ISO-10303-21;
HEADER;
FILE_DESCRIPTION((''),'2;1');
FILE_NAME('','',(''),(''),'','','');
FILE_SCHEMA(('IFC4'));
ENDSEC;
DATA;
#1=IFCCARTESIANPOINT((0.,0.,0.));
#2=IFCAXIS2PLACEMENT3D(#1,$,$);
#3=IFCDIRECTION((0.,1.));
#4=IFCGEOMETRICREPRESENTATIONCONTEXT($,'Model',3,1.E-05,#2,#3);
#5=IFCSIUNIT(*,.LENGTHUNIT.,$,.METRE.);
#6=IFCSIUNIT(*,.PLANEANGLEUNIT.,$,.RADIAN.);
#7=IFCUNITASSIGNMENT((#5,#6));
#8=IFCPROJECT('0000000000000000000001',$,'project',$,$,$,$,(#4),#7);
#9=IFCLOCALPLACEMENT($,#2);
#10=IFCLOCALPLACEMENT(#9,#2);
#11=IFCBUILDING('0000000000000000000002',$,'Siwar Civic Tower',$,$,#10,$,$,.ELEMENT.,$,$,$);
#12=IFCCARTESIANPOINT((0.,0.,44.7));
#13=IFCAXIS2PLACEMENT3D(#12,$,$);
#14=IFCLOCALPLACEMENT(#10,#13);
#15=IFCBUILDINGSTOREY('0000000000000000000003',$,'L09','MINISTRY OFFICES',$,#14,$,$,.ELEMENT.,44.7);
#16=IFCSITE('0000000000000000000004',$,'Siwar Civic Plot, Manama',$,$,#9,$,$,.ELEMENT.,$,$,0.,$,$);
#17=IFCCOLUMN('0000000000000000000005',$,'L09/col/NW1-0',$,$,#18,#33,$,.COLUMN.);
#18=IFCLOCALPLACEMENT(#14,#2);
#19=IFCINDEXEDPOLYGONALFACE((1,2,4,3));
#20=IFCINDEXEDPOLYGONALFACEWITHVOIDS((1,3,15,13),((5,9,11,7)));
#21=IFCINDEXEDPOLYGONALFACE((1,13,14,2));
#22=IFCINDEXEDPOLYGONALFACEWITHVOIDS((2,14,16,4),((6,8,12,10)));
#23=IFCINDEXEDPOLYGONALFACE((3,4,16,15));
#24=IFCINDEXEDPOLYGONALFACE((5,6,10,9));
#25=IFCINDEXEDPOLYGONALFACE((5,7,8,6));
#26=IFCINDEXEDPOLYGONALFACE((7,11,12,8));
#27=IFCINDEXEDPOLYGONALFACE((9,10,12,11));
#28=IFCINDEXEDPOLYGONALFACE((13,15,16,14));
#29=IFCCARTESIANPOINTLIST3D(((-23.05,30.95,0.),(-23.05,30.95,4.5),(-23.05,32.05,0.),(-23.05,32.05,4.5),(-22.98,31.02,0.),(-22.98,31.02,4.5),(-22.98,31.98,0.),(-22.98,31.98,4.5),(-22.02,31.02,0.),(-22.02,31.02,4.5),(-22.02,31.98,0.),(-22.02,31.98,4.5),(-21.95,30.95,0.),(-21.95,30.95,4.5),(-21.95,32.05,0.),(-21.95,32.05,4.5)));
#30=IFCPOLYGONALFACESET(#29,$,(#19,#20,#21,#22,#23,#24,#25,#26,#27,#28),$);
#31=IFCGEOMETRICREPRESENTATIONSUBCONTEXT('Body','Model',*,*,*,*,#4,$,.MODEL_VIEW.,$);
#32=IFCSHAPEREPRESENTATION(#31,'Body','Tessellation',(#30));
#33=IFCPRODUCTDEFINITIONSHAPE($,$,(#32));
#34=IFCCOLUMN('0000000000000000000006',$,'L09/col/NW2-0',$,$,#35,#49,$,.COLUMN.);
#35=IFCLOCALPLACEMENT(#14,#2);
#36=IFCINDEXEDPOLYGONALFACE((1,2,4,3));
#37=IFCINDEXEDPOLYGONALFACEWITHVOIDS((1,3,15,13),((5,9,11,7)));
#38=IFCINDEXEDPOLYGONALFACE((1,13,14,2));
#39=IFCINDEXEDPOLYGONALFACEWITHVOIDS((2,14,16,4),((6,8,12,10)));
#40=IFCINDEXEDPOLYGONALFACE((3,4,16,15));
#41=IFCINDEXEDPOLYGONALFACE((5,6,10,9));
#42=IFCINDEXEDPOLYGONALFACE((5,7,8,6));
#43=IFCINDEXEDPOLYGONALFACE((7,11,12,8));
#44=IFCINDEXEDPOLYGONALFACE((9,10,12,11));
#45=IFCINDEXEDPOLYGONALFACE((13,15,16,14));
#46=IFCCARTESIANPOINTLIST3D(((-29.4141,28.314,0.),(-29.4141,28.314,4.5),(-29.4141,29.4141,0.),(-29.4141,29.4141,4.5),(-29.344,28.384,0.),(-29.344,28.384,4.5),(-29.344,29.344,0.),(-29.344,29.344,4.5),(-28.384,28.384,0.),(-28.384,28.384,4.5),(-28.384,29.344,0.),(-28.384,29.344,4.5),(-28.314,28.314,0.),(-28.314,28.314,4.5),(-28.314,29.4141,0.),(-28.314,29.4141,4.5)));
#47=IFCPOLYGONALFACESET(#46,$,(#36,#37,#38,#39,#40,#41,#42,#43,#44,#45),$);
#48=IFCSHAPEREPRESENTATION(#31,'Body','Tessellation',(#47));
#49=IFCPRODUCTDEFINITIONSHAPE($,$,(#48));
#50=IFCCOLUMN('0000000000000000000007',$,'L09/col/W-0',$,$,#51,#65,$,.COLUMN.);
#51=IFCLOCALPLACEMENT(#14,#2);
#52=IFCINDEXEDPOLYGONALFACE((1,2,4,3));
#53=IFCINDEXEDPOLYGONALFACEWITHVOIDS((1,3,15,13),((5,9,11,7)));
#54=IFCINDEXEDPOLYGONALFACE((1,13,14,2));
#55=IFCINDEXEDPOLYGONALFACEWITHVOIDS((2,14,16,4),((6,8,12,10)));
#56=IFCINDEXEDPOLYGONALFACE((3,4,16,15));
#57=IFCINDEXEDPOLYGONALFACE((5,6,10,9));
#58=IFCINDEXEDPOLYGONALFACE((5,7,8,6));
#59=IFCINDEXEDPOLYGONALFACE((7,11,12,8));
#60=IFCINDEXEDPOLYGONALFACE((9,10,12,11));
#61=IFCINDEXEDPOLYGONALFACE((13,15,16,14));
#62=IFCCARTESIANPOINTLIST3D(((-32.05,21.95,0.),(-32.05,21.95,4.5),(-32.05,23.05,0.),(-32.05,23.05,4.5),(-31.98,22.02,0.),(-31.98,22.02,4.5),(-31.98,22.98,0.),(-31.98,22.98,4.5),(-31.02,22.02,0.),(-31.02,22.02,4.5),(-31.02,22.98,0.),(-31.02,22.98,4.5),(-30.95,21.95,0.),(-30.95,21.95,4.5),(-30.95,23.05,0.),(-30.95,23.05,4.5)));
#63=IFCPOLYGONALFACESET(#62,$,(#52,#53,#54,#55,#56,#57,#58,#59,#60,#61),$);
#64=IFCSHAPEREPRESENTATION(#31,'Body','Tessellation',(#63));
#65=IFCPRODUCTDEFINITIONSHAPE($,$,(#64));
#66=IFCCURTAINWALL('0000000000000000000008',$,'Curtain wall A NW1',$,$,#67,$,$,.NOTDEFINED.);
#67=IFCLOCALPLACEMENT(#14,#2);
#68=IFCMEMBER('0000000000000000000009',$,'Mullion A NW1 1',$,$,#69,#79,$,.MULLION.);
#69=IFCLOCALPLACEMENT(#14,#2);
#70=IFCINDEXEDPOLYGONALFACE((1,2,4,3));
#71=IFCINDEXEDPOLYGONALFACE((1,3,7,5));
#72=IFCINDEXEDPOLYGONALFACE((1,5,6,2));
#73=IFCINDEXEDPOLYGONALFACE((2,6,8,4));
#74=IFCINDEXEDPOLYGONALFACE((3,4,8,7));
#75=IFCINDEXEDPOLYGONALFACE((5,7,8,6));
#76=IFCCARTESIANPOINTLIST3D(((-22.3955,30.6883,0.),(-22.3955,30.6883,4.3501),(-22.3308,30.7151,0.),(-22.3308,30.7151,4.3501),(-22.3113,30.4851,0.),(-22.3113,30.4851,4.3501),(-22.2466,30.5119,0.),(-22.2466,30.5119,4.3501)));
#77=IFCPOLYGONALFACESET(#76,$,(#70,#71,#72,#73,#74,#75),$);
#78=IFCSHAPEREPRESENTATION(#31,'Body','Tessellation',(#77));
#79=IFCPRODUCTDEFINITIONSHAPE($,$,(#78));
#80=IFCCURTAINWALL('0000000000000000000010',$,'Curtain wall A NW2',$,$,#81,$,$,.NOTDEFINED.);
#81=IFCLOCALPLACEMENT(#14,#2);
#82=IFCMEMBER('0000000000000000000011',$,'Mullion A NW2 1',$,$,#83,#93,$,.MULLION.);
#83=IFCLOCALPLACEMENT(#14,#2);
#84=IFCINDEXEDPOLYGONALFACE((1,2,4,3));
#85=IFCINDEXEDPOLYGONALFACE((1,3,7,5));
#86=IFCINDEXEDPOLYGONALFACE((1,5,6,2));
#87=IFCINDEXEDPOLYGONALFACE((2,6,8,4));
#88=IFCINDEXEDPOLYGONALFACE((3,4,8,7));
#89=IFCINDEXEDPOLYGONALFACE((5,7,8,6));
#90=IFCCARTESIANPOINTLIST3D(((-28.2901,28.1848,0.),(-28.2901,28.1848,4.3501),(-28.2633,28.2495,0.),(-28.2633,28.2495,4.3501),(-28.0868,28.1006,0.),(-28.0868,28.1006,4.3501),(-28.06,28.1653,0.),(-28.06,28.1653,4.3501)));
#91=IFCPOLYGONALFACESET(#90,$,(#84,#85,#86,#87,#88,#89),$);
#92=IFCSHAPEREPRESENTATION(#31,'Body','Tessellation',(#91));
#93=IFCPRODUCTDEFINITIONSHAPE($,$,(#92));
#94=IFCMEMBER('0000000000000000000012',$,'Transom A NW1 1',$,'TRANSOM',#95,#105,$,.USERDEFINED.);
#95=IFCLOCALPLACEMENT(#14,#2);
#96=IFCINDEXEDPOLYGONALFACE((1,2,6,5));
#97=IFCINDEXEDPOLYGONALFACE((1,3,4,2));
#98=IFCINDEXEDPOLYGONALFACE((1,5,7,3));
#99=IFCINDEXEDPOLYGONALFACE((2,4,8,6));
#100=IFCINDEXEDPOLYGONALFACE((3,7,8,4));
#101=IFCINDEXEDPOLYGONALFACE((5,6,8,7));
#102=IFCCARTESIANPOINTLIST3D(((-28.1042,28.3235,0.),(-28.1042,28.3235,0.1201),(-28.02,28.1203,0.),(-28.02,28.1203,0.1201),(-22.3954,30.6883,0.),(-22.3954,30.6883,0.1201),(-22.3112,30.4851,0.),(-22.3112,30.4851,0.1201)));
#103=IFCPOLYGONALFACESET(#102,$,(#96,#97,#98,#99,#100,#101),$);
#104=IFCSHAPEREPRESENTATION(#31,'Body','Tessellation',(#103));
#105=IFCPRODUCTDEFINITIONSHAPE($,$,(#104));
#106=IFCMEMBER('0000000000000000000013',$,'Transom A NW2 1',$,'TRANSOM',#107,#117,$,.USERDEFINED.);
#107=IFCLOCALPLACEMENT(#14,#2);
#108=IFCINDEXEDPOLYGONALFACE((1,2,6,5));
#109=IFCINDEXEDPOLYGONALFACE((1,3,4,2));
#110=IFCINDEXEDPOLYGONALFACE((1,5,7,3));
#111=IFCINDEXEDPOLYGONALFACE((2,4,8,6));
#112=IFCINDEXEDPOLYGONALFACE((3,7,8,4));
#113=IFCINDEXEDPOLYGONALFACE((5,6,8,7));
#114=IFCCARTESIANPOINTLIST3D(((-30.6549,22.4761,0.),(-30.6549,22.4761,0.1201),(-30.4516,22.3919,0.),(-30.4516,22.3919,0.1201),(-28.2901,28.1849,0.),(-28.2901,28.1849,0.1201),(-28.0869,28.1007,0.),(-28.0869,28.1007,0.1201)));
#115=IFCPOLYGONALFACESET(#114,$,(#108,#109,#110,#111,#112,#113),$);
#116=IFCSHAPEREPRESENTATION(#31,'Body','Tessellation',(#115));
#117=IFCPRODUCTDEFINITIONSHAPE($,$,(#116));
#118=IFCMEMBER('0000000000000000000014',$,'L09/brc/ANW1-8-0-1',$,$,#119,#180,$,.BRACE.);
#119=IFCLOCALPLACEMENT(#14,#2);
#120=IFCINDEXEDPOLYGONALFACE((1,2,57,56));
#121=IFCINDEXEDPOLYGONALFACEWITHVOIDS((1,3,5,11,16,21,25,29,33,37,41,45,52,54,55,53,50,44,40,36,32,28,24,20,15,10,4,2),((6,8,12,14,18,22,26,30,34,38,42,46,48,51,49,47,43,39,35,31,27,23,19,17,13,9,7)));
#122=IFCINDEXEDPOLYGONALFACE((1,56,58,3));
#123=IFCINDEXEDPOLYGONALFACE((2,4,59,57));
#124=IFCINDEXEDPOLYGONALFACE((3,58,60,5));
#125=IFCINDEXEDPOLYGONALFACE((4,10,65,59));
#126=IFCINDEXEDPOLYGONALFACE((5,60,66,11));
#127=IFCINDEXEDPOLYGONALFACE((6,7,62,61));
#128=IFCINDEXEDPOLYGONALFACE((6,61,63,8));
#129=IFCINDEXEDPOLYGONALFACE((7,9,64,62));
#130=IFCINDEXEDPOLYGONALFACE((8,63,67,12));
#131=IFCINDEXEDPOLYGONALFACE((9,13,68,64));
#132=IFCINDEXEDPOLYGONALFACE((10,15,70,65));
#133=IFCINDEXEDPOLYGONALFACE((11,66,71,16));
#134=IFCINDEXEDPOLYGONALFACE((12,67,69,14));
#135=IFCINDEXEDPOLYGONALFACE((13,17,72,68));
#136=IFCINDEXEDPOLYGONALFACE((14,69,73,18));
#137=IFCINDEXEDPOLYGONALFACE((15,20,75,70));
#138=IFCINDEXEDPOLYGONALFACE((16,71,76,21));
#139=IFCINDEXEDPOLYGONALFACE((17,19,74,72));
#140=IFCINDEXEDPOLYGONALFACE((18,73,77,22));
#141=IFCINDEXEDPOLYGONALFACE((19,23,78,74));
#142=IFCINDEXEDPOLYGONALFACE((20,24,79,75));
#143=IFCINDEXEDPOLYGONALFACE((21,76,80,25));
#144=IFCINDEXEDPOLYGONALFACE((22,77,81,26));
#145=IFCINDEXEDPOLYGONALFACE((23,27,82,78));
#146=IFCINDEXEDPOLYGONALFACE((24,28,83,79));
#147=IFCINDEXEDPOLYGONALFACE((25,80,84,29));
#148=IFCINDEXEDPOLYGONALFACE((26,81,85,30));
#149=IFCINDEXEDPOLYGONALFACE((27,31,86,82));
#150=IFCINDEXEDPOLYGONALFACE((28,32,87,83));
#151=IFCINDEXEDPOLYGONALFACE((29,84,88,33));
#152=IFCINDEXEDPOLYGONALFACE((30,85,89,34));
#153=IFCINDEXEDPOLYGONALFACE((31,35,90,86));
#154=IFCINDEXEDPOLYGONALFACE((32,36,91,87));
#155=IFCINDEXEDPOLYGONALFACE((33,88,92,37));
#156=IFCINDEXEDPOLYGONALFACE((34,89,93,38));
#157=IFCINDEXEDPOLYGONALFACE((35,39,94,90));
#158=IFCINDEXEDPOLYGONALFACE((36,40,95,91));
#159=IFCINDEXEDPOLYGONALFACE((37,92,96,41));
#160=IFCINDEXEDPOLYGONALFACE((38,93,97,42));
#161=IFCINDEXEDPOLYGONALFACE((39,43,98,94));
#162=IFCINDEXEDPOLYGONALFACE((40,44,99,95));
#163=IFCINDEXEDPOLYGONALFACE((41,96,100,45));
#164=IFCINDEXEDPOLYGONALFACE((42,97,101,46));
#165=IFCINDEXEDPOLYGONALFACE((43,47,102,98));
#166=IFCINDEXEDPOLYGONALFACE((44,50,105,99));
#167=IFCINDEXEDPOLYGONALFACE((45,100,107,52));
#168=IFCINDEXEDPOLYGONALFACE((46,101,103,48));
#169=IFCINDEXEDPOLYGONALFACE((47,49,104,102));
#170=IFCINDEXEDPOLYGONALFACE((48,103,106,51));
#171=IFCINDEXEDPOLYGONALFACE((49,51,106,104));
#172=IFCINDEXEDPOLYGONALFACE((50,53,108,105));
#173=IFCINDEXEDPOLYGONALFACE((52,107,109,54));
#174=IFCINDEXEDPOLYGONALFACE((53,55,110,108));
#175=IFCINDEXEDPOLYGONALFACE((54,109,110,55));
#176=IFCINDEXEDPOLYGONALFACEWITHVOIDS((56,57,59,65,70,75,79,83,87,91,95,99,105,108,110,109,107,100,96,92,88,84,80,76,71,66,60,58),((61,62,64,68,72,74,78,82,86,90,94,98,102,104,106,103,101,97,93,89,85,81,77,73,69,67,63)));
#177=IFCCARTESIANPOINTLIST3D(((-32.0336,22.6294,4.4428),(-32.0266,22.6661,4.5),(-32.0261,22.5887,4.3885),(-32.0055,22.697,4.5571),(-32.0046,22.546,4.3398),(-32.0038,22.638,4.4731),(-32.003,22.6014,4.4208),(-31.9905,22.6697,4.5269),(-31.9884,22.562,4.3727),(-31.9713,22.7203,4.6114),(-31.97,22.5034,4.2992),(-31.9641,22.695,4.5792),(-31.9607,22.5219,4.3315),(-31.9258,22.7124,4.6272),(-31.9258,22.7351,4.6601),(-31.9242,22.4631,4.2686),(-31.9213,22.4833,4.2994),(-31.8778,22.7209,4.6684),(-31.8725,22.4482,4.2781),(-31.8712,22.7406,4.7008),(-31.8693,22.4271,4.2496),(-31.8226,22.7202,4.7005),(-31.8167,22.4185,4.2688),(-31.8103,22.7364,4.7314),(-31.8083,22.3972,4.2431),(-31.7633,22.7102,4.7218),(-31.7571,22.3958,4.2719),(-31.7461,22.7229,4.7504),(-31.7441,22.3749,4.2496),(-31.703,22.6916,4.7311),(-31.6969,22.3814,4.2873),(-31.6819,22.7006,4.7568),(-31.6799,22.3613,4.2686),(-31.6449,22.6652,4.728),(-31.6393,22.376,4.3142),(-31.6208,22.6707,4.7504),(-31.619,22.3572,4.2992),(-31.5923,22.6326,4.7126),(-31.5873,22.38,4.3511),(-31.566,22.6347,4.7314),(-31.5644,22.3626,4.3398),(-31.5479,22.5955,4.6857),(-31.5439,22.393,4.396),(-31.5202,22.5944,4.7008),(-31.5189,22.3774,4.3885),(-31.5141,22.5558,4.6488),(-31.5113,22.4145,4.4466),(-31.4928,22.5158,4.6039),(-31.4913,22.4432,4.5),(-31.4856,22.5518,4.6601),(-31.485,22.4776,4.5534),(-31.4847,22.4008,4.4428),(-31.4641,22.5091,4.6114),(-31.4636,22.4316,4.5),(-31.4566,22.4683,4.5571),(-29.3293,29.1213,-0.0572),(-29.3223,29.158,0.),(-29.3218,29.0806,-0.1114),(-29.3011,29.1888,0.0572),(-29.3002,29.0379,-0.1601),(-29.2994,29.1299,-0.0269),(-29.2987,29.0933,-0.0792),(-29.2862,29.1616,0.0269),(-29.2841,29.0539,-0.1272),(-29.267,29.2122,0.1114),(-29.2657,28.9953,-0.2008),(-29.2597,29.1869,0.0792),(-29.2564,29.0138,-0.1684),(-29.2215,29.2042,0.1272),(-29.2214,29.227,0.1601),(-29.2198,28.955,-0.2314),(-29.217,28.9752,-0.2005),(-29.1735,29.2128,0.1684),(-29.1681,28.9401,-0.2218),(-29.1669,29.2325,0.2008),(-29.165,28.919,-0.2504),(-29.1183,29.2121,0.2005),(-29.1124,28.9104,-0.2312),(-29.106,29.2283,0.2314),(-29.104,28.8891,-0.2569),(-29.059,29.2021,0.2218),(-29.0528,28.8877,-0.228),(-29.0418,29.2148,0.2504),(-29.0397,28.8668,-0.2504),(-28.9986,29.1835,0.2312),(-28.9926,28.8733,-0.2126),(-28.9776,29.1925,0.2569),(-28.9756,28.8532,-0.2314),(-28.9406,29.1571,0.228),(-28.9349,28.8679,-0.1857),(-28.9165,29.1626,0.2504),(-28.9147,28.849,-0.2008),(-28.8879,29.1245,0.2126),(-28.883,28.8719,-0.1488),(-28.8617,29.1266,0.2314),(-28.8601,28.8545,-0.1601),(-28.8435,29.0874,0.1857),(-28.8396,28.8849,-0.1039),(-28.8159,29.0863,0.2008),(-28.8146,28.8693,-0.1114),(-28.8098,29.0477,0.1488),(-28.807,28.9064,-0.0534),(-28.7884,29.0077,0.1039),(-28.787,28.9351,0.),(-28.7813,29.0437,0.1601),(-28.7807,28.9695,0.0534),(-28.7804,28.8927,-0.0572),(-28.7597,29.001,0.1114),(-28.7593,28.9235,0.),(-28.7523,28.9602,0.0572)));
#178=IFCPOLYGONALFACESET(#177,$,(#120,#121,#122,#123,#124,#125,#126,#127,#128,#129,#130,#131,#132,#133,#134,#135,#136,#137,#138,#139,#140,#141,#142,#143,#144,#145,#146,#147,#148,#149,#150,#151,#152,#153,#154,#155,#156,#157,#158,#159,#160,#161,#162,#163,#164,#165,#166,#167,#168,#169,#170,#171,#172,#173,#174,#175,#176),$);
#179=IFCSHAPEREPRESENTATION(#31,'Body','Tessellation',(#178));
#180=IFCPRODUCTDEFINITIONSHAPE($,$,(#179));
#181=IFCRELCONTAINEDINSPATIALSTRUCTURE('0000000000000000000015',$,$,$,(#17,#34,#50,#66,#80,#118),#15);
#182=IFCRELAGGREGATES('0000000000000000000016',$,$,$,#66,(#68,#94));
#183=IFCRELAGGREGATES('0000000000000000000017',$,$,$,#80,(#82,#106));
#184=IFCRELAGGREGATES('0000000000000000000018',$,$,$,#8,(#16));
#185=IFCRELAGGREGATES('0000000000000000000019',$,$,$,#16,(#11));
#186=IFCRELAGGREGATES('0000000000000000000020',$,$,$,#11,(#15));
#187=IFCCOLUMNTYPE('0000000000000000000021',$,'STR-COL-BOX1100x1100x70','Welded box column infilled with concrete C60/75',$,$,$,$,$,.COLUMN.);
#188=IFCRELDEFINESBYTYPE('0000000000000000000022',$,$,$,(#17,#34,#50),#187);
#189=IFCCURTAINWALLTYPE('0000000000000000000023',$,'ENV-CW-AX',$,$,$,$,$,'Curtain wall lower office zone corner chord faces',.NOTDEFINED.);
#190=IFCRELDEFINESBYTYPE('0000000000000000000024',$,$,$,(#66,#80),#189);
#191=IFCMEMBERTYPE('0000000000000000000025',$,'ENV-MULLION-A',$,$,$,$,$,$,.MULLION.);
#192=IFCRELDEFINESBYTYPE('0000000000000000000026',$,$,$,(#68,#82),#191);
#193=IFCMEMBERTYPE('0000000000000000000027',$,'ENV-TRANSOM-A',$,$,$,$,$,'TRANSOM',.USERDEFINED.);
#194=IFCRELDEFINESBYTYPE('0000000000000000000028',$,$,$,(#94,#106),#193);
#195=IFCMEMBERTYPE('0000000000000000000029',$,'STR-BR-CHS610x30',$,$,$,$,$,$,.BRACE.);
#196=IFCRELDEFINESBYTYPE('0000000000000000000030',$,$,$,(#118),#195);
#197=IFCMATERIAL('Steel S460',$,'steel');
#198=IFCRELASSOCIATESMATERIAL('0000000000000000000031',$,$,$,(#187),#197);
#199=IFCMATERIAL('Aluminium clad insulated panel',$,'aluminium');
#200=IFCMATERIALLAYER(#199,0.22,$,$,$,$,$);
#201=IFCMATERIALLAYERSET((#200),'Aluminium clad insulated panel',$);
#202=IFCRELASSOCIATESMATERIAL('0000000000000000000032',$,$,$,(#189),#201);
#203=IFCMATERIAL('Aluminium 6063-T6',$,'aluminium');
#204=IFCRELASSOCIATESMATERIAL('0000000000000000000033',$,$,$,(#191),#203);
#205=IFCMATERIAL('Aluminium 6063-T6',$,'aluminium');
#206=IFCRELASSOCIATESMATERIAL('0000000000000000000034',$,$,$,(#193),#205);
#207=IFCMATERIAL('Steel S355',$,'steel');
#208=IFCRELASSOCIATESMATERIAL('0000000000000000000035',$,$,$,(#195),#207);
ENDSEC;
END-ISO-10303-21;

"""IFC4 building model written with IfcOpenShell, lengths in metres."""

from ifc_helpers import new_model, si_unit, direction, frame, origin, origin_2d, place, context, subcontext, project, spatial, rectangle, hollow_rectangle, hollow_circle, extrude, material, layer, layer_set, material_profile, profile_set, type_object, element, aggregate, save


model = new_model("IFC4")

# Units and contexts
model_context = context("Model", 3, precision=1e-05, world=origin(), true_north=direction((0.0, 1.0)))
body_context = subcontext(model_context, "Body", "Model", "MODEL_VIEW")
ifc_project = project(units=[si_unit("LENGTHUNIT", "METRE"), si_unit("PLANEANGLEUNIT", "RADIAN")], contexts=[model_context])

# Site, building, storey
site_placement = place(None, origin())
site = spatial("IfcSite", under=ifc_project, at=site_placement, Name="Siwar Civic Plot, Manama", CompositionType="ELEMENT", RefElevation=0.0)
building_placement = place(site_placement, origin())
building = spatial("IfcBuilding", under=site, at=building_placement, Name="Siwar Civic Tower", CompositionType="ELEMENT")
storey_placement = place(building_placement, frame((0.0, 0.0, 44.7)))
storey = spatial("IfcBuildingStorey", under=building, at=storey_placement, Name="L09", Description="MINISTRY OFFICES", CompositionType="ELEMENT", Elevation=44.7)

# Columns
ifc_material_1 = material(Name="Steel S460", Category="steel")
ifc_material_profile_1 = material_profile(ifc_material_1, hollow_rectangle(XDim=1.1001, YDim=1.1001, WallThickness=0.0701, at=origin_2d()), Name="BOX1100x1100x70")
ifc_profile_set_1 = profile_set([ifc_material_profile_1], Name="Steel S460")
column_type = type_object("IfcColumnType", Name="STR-COL-BOX1100x1100x70", Description="Welded box column infilled with concrete C60/75", PredefinedType="COLUMN", material=ifc_profile_set_1)
for number, where, z_axis, x_axis, name in (
    (1, (-22.5, 31.5, 0.0), (0.0, 0.0, 1.0), (1.0, 0.0, 0.0), "L09/col/NW1-0"),
    (2, (-28.864, 28.864, 0.0), (0.0, 0.0, 1.0), (1.0, 0.0, 0.0), "L09/col/NW2-0"),
    (3, (-31.5, 22.5, 0.0), (0.0, 0.0, 1.0), (1.0, 0.0, 0.0), "L09/col/W-0"),
):
    element("IfcColumn", number, at=place(storey_placement, frame(where, z_axis=z_axis, x_axis=x_axis)), inside=storey, type_object=column_type, Name=name, PredefinedType="COLUMN", context=body_context, shape_type="SweptSolid", body=[
        extrude(hollow_rectangle(XDim=1.1001, YDim=1.1001, WallThickness=0.0701, at=origin_2d()), origin(), (0.0, 0.0, 1.0), 4.5),
    ])

# Curtain walls, members
ifc_material_2 = material(Name="Aluminium clad insulated panel", Category="aluminium")
ifc_layer_1 = layer(ifc_material_2, 0.22)
ifc_layer_set_1 = layer_set([ifc_layer_1], Name="Aluminium clad insulated panel")
curtain_wall_type_1 = type_object("IfcCurtainWallType", Name="ENV-CW-AX", ElementType="Curtain wall lower office zone corner chord faces", PredefinedType="NOTDEFINED", material=ifc_layer_set_1)
curtain_wall_1_placement = place(storey_placement, origin())
curtain_wall_1 = element("IfcCurtainWall", 4, at=curtain_wall_1_placement, inside=storey, type_object=curtain_wall_type_1, Name="Curtain wall A NW1", PredefinedType="NOTDEFINED")
ifc_material_3 = material(Name="Aluminium 6063-T6", Category="aluminium")
ifc_material_profile_2 = material_profile(ifc_material_3, rectangle(XDim=0.22, YDim=0.0701, at=origin_2d()), Name="AL 220x70")
ifc_profile_set_2 = profile_set([ifc_material_profile_2], Name="Aluminium 6063-T6")
member_type_1 = type_object("IfcMemberType", Name="ENV-MULLION-A", PredefinedType="MULLION", material=ifc_profile_set_2)
member_1_placement = place(storey_placement, frame((-22.321, 30.6001, 0.0), z_axis=(0.0, 0.0, 1.0), x_axis=(0.382683, -0.92388, 0.0)))
member_1 = element("IfcMember", 5, at=member_1_placement, type_object=member_type_1, Name="Mullion A NW1 1", PredefinedType="MULLION", context=body_context, shape_type="SweptSolid", body=[
    extrude(rectangle(XDim=0.22, YDim=0.0701, at=origin_2d()), origin(), (0.0, 0.0, 1.0), 4.3501),
])
curtain_wall_2_placement = place(storey_placement, origin())
curtain_wall_2 = element("IfcCurtainWall", 6, at=curtain_wall_2_placement, inside=storey, type_object=curtain_wall_type_1, Name="Curtain wall A NW2", PredefinedType="NOTDEFINED")
member_2_placement = place(storey_placement, frame((-28.175, 28.175, 0.0), z_axis=(0.0, 0.0, 1.0), x_axis=(0.92388, -0.382683, 0.0)))
member_2 = element("IfcMember", 7, at=member_2_placement, type_object=member_type_1, Name="Mullion A NW2 1", PredefinedType="MULLION", context=body_context, shape_type="SweptSolid", body=[
    extrude(rectangle(XDim=0.22, YDim=0.0701, at=origin_2d()), origin(), (0.0, 0.0, 1.0), 4.3501),
])

# Members
ifc_material_4 = material(Name="Aluminium 6063-T6", Category="aluminium")
ifc_material_profile_3 = material_profile(ifc_material_4, rectangle(XDim=0.22, YDim=0.1201, at=origin_2d()), Name="AL 220x120")
ifc_profile_set_3 = profile_set([ifc_material_profile_3], Name="Aluminium 6063-T6")
member_type_2 = type_object("IfcMemberType", Name="ENV-TRANSOM-A", ElementType="TRANSOM", PredefinedType="USERDEFINED", material=ifc_profile_set_3)
member_3_placement = place(storey_placement, frame((-22.3533, 30.5867, 0.0601), z_axis=(-0.923873, -0.382698, 0.0), x_axis=(0.382698, -0.923873, 0.0)))
member_3 = element("IfcMember", 8, at=member_3_placement, type_object=member_type_2, Name="Transom A NW1 1", ObjectType="TRANSOM", PredefinedType="USERDEFINED", context=body_context, shape_type="SweptSolid", body=[
    extrude(rectangle(XDim=0.22, YDim=0.1201, at=origin_2d()), origin(), (0.0, 0.0, 1.0), 6.1792),
])
member_4_placement = place(storey_placement, frame((-28.1885, 28.1428, 0.0601), z_axis=(-0.382698, -0.923873, 0.0), x_axis=(0.923873, -0.382698, 0.0)))
member_4 = element("IfcMember", 9, at=member_4_placement, type_object=member_type_2, Name="Transom A NW2 1", ObjectType="TRANSOM", PredefinedType="USERDEFINED", context=body_context, shape_type="SweptSolid", body=[
    extrude(rectangle(XDim=0.22, YDim=0.1201, at=origin_2d()), origin(), (0.0, 0.0, 1.0), 6.1792),
])

# Member
ifc_material_5 = material(Name="Steel S355", Category="steel")
ifc_material_profile_4 = material_profile(ifc_material_5, hollow_circle(Radius=0.3049, WallThickness=0.03, at=origin_2d()), Name="CHS610x30")
ifc_profile_set_4 = profile_set([ifc_material_profile_4], Name="Steel S355")
member_type_3 = type_object("IfcMemberType", Name="STR-BR-CHS610x30", PredefinedType="BRACE", material=ifc_profile_set_4)
member_5_placement = place(storey_placement, frame((-29.0408, 29.0408, 0.0), z_axis=(-0.323906, -0.777555, 0.538975), x_axis=(0.923109, -0.384539, 0.0)))
element("IfcMember", 10, at=member_5_placement, inside=storey, type_object=member_type_3, Name="L09/brc/ANW1-8-0-1", PredefinedType="BRACE", context=body_context, shape_type="SweptSolid", body=[
    extrude(hollow_circle(Radius=0.3049, WallThickness=0.03, at=origin_2d()), origin(), (0.0, 0.0, 1.0), 8.3491),
])

aggregate(curtain_wall_1, [member_1, member_3])
aggregate(curtain_wall_2, [member_2, member_4])

save(model, "model.ifc")
